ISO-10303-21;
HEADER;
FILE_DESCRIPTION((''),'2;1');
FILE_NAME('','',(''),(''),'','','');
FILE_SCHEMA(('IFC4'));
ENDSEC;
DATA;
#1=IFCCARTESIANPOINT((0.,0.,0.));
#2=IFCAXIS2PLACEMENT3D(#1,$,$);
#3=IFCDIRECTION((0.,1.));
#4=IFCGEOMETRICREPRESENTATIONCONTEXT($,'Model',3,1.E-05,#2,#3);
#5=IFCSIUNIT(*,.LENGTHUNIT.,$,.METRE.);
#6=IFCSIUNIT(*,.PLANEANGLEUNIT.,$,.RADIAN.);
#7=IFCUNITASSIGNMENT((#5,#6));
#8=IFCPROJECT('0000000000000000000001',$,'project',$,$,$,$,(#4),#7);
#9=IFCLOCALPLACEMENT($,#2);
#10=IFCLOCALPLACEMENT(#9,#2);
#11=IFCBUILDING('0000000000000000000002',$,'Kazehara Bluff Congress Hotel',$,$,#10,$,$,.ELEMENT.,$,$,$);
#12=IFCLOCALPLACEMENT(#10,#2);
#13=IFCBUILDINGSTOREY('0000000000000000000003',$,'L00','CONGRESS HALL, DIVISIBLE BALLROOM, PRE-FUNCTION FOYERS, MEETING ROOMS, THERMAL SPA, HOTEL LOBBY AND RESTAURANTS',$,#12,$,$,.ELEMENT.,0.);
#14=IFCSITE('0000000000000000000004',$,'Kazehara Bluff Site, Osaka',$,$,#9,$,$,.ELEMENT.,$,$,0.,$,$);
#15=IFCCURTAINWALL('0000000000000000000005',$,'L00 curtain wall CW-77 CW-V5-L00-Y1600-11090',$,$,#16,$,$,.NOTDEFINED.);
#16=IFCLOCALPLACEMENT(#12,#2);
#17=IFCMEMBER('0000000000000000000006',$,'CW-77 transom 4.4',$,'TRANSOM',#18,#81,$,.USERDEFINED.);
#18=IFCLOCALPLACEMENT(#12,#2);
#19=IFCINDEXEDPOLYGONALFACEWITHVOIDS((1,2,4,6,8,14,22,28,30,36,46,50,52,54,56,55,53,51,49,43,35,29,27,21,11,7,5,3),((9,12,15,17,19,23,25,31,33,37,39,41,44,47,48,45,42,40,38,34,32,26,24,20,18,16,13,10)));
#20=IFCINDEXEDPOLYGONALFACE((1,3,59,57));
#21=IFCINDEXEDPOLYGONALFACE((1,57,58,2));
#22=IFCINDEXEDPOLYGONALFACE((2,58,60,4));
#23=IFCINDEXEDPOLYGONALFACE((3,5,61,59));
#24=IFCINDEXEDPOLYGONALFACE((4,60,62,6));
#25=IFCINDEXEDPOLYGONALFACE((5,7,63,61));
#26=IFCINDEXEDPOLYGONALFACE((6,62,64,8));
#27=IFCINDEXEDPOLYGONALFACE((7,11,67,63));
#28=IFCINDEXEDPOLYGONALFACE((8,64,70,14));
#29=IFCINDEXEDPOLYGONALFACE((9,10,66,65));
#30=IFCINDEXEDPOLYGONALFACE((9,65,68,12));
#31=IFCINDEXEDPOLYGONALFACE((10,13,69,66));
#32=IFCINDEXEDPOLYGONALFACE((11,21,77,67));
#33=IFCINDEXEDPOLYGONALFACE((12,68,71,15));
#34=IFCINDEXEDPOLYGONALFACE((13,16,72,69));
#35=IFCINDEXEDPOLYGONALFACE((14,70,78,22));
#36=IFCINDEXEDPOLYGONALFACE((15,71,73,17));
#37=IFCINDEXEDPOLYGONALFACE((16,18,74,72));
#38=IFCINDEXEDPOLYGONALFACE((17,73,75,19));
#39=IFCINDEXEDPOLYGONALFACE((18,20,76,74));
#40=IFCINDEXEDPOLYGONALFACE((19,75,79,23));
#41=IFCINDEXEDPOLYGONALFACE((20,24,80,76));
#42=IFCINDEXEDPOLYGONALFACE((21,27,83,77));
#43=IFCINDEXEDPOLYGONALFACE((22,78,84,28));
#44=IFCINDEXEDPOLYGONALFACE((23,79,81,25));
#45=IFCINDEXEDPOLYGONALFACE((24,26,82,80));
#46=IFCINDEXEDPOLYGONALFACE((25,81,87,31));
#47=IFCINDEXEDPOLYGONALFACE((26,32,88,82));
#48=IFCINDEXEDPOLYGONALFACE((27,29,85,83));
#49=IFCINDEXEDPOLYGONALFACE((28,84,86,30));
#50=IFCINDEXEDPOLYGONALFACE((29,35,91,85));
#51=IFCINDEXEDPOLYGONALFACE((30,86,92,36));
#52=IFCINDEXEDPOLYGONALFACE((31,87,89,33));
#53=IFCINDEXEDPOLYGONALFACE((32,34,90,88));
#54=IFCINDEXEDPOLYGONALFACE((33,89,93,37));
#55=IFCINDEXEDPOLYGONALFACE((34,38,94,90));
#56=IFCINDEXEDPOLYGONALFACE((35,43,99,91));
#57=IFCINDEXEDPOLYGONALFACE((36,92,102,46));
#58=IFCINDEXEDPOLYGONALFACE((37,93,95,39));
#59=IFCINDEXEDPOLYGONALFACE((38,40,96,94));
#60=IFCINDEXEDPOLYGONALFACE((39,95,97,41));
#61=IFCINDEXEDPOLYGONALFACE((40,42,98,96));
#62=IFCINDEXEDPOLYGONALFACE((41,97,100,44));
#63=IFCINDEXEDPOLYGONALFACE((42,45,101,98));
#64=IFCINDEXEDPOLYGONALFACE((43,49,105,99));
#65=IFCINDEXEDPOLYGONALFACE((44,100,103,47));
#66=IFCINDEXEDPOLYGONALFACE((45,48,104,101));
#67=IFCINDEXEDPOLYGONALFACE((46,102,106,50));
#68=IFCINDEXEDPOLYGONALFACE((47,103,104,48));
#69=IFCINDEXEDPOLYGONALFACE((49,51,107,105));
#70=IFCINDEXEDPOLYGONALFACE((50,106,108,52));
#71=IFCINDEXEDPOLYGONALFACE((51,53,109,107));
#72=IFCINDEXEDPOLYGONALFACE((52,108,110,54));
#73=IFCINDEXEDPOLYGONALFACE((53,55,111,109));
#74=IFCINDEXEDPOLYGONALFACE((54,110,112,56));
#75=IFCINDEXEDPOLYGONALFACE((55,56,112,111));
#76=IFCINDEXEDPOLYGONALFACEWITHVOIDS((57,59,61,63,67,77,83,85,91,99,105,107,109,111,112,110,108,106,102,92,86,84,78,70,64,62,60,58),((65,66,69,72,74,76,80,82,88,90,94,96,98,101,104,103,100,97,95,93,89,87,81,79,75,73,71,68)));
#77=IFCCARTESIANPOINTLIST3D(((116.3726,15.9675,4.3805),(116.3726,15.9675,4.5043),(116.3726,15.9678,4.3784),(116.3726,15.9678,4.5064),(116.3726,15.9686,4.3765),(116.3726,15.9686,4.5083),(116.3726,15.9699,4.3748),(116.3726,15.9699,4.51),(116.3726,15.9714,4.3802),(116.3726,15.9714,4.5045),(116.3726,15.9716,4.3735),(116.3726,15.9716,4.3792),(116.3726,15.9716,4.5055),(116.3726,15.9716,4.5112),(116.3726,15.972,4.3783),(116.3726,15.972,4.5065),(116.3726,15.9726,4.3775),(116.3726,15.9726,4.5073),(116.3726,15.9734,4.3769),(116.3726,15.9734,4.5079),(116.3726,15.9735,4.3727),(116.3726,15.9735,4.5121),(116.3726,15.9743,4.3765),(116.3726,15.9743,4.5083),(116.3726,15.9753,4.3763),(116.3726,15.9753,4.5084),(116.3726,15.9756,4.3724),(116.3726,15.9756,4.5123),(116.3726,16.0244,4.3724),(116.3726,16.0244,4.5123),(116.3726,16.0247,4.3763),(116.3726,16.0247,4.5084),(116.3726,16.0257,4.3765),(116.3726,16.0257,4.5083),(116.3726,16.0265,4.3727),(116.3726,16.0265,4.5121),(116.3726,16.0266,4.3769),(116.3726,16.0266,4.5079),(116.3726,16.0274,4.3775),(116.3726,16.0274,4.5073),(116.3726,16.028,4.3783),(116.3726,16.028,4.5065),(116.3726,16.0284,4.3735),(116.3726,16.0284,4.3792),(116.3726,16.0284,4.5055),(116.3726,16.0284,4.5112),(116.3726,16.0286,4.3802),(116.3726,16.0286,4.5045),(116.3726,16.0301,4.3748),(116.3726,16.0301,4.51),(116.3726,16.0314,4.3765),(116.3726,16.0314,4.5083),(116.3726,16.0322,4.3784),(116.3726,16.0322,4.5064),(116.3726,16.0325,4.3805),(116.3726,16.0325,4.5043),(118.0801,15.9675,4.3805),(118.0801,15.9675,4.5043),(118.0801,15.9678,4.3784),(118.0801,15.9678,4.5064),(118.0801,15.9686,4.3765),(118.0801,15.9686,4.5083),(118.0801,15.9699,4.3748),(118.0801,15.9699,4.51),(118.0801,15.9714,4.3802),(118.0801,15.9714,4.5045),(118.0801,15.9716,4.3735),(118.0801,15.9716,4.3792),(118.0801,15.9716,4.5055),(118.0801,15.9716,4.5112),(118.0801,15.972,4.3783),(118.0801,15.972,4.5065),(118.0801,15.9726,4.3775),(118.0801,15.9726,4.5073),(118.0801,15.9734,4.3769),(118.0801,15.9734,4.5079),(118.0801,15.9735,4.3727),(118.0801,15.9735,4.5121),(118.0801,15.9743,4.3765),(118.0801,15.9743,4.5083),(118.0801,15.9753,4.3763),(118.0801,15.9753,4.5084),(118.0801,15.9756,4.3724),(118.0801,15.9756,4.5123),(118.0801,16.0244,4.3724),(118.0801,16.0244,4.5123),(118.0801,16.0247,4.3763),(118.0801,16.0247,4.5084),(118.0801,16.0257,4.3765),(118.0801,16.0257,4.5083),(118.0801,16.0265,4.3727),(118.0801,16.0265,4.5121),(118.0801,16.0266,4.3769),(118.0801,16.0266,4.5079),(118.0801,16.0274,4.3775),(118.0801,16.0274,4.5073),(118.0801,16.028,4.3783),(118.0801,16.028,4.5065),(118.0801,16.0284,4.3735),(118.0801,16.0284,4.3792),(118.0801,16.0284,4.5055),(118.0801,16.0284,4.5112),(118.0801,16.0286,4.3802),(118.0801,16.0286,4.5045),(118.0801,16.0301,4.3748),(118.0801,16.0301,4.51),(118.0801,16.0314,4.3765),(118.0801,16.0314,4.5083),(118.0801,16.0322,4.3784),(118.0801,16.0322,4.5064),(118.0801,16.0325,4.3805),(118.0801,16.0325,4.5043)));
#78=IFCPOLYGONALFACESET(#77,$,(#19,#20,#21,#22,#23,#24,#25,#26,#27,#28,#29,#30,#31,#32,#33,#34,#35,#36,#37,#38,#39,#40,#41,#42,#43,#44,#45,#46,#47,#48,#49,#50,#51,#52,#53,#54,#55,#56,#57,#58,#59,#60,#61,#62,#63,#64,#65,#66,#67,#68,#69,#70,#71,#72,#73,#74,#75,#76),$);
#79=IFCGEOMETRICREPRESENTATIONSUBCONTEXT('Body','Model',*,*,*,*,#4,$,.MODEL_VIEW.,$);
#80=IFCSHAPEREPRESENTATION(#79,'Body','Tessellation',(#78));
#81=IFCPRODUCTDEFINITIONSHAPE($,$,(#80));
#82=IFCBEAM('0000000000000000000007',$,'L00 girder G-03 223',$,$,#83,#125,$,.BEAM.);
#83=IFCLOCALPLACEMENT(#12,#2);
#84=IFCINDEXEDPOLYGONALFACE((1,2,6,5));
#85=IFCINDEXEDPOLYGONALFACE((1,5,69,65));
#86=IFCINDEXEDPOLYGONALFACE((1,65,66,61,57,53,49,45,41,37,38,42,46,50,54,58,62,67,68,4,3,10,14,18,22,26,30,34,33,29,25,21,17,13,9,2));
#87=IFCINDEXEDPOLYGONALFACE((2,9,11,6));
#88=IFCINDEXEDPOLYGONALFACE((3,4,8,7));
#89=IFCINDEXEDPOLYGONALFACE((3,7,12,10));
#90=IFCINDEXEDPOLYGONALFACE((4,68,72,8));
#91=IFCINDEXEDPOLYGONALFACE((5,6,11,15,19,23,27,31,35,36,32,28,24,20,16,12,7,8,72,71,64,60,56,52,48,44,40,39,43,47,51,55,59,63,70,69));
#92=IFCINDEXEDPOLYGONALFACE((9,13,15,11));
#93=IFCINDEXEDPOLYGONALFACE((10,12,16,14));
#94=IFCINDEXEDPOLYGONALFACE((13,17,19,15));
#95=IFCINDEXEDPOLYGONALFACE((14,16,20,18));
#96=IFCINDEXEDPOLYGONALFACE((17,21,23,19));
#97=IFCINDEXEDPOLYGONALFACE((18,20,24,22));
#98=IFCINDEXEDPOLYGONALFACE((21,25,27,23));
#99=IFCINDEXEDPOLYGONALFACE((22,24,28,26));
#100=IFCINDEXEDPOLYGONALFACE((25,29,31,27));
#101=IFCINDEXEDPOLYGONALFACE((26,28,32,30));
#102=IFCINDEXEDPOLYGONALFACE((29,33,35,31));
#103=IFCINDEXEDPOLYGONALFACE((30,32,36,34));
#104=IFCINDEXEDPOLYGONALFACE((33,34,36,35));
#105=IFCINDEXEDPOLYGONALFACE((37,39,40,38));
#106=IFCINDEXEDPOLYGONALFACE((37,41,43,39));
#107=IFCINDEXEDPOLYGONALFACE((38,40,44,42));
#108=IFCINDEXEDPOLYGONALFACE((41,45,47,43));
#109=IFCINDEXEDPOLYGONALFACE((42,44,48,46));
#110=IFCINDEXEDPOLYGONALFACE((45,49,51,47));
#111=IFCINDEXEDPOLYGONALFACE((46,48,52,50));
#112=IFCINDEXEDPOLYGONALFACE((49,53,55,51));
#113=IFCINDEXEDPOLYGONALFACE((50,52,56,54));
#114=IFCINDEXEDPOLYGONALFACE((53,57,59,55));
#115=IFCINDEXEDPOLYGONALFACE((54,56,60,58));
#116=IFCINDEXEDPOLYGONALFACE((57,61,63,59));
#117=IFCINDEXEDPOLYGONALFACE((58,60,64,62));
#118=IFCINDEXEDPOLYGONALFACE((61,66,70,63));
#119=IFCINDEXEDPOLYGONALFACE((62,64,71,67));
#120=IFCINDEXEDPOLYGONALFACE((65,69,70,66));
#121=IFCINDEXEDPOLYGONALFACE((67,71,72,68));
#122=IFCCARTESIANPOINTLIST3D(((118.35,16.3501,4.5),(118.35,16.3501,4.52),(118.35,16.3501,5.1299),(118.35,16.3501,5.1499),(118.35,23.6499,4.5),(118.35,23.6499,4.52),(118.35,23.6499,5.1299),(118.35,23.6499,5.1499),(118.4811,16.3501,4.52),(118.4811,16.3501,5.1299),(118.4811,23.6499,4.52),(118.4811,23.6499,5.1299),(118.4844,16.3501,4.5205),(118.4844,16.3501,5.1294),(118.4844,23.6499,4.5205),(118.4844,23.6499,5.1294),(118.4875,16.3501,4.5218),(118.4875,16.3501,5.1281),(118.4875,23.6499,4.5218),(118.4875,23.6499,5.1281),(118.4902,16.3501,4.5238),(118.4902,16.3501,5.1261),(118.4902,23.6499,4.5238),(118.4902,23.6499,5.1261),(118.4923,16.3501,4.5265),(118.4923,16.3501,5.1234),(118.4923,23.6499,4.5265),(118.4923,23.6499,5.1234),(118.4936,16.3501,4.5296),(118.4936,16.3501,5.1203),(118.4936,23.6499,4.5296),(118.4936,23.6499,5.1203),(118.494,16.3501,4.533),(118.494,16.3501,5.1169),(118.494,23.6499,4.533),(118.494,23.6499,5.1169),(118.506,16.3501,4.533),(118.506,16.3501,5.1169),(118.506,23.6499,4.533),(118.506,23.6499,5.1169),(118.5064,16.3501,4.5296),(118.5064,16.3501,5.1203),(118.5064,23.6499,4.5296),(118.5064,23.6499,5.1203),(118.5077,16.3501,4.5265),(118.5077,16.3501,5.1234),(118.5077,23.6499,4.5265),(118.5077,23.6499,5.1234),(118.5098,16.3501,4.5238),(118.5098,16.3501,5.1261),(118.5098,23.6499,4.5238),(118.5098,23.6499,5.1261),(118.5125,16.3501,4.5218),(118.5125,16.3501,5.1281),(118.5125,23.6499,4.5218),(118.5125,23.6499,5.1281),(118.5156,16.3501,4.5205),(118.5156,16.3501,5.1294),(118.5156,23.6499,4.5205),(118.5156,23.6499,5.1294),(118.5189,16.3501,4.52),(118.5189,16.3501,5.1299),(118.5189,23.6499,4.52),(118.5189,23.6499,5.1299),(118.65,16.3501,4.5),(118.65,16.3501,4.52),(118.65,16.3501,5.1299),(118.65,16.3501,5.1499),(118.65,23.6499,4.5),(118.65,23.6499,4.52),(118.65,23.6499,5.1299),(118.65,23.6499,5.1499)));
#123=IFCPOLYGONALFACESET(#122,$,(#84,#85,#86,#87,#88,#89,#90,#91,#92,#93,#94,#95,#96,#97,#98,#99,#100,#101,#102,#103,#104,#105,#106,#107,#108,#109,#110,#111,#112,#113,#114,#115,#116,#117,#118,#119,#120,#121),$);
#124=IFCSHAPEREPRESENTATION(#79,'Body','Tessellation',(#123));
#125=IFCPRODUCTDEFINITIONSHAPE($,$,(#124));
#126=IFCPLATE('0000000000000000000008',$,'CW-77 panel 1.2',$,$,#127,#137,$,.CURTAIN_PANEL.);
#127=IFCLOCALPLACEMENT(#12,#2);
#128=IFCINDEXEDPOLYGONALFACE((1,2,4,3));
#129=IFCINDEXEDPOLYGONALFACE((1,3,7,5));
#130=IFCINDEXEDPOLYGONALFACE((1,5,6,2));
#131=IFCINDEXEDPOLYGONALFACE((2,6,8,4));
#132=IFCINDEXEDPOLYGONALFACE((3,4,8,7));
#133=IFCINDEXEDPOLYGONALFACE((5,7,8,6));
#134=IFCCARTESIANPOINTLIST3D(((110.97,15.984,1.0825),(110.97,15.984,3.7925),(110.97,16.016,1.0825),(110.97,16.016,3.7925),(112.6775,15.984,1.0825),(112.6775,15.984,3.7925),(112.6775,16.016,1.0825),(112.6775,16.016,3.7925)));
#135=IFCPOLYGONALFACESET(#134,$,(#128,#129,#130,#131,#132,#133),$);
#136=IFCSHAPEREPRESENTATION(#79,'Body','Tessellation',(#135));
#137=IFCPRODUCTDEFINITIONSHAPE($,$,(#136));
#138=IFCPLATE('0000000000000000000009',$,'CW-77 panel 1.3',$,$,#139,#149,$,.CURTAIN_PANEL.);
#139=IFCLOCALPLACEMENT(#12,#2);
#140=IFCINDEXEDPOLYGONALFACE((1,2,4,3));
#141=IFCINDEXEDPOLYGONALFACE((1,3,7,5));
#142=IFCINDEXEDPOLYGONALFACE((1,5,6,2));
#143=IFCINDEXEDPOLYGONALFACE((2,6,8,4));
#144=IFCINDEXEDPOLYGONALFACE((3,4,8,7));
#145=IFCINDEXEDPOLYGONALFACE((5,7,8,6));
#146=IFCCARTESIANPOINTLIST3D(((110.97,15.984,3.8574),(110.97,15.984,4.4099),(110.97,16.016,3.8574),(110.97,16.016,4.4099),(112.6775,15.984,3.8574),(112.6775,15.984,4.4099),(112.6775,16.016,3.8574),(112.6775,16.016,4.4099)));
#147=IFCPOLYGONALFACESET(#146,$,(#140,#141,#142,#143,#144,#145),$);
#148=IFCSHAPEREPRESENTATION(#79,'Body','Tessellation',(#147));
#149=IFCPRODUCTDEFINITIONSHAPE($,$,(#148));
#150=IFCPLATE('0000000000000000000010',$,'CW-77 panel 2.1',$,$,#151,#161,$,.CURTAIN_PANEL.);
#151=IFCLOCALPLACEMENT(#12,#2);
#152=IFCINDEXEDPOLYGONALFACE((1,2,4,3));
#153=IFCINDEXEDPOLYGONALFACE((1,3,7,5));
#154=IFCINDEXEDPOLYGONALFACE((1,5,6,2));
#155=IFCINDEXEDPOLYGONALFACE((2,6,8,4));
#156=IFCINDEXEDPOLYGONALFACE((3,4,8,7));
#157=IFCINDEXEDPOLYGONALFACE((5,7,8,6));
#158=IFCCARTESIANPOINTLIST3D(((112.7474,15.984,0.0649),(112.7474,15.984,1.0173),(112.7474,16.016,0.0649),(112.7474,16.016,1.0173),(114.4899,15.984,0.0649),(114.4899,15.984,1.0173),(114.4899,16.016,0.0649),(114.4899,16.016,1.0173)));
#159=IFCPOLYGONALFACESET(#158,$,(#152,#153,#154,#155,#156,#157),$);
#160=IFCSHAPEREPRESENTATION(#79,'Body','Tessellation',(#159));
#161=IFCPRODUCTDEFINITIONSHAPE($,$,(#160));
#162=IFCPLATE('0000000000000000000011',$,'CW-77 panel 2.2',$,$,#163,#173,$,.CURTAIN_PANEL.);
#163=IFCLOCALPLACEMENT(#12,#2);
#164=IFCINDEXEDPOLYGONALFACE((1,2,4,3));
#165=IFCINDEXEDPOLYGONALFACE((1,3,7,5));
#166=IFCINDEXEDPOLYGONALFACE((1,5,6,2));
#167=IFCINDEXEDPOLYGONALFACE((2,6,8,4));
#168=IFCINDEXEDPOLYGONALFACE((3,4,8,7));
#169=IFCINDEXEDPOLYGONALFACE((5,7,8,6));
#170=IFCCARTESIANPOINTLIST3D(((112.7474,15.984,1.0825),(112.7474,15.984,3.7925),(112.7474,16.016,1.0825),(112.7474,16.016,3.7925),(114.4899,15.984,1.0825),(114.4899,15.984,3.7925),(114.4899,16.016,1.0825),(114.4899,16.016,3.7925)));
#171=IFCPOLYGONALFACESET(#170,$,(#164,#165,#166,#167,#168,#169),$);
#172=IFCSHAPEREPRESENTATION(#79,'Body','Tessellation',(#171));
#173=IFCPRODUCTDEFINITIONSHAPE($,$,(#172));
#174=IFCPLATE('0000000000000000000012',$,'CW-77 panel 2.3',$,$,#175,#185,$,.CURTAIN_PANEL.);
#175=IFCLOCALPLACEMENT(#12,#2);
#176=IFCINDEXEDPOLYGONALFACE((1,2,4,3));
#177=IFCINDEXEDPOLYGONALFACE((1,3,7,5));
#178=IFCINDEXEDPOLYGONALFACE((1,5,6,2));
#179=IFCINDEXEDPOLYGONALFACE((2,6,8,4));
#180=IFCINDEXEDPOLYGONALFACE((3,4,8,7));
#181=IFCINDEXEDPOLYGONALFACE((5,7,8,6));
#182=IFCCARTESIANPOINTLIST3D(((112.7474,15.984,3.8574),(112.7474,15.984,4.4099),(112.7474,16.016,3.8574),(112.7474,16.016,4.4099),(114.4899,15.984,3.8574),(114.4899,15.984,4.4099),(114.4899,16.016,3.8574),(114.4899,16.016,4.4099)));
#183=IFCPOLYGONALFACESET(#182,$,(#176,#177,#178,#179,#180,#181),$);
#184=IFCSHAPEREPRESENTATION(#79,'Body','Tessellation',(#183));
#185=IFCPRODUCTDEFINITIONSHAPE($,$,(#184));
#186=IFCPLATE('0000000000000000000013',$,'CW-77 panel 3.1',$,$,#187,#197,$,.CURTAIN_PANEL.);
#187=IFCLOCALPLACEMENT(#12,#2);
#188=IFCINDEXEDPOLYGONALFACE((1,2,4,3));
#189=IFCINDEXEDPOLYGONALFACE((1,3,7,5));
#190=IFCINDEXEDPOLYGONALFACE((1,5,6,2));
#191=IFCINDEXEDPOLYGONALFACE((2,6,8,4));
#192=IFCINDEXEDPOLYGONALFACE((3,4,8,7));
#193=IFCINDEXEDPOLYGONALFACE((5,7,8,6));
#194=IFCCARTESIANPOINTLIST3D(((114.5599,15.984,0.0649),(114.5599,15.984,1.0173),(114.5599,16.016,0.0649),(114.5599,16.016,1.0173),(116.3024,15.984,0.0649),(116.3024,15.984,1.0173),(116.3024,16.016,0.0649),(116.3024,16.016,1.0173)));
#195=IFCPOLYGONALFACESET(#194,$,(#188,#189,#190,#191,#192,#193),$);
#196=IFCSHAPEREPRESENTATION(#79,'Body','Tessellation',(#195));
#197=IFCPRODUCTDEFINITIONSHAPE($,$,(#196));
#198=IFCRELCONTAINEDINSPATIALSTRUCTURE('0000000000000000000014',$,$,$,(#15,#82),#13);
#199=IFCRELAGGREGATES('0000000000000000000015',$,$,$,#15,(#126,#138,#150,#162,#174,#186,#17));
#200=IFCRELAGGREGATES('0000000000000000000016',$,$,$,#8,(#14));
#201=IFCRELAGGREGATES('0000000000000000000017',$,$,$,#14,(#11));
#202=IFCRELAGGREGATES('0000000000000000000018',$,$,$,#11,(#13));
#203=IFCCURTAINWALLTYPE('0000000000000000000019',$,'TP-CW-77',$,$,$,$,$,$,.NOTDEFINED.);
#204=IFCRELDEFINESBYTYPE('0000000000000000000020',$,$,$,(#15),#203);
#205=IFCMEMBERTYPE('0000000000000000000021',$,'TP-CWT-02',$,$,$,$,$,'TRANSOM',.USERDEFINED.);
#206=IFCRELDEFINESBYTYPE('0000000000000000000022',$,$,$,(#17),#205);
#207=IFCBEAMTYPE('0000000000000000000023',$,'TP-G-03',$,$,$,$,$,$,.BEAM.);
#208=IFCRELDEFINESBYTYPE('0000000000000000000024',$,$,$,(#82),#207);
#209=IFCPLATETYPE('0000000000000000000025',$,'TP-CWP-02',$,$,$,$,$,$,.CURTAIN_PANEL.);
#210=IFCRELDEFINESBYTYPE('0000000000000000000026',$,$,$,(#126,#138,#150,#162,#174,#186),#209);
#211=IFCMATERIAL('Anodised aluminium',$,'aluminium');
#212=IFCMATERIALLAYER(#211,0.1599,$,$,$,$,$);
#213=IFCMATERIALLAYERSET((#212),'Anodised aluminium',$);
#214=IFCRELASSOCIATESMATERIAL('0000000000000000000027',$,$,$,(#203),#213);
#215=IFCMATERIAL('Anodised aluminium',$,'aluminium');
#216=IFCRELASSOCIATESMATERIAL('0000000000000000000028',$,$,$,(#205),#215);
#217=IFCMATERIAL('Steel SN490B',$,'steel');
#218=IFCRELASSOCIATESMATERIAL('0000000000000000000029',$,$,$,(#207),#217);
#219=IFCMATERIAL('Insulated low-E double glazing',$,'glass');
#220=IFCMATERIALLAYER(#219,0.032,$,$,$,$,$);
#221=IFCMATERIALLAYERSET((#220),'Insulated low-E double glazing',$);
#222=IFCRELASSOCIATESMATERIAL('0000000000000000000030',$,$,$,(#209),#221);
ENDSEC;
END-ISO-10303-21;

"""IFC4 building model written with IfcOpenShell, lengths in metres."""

from ifc_helpers import new_model, si_unit, direction, frame, origin, origin_2d, place, context, subcontext, project, spatial, rectangle, hollow_rectangle, i_section, extrude, material, layer, layer_set, material_profile, profile_set, type_object, element, aggregate, save


model = new_model("IFC4")

# Units and contexts
model_context = context("Model", 3, precision=1e-05, world=origin(), true_north=direction((0.0, 1.0)))
body_context = subcontext(model_context, "Body", "Model", "MODEL_VIEW")
ifc_project = project(units=[si_unit("LENGTHUNIT", "METRE"), si_unit("PLANEANGLEUNIT", "RADIAN")], contexts=[model_context])

# Site, building, storey
site_placement = place(None, origin())
site = spatial("IfcSite", under=ifc_project, at=site_placement, Name="Kazehara Bluff Site, Osaka", CompositionType="ELEMENT", RefElevation=0.0)
building_placement = place(site_placement, origin())
building = spatial("IfcBuilding", under=site, at=building_placement, Name="Kazehara Bluff Congress Hotel", CompositionType="ELEMENT")
storey_placement = place(building_placement, origin())
storey = spatial("IfcBuildingStorey", under=building, at=storey_placement, Name="L00", Description="CONGRESS HALL, DIVISIBLE BALLROOM, PRE-FUNCTION FOYERS, MEETING ROOMS, THERMAL SPA, HOTEL LOBBY AND RESTAURANTS", CompositionType="ELEMENT", Elevation=0.0)

# Curtain wall, member
ifc_material_1 = material(Name="Anodised aluminium", Category="aluminium")
ifc_layer_1 = layer(ifc_material_1, 0.1599)
ifc_layer_set_1 = layer_set([ifc_layer_1], Name="Anodised aluminium")
curtain_wall_type = type_object("IfcCurtainWallType", Name="TP-CW-77", PredefinedType="NOTDEFINED", material=ifc_layer_set_1)
curtain_wall_placement = place(storey_placement, origin())
curtain_wall = element("IfcCurtainWall", 1, at=curtain_wall_placement, inside=storey, type_object=curtain_wall_type, Name="L00 curtain wall CW-77 CW-V5-L00-Y1600-11090", PredefinedType="NOTDEFINED")
ifc_material_2 = material(Name="Anodised aluminium", Category="aluminium")
ifc_material_profile_1 = material_profile(ifc_material_2, hollow_rectangle(XDim=0.0649, YDim=0.1399, WallThickness=0.0039, InnerFilletRadius=0.0039, OuterFilletRadius=0.0081, at=origin_2d()))
ifc_profile_set_1 = profile_set([ifc_material_profile_1], Name="Anodised aluminium")
member_type_1 = type_object("IfcMemberType", Name="TP-CWT-02", ElementType="TRANSOM", PredefinedType="USERDEFINED", material=ifc_profile_set_1)
member_1_placement = place(storey_placement, frame((116.3726, 16.0, 4.4424), z_axis=(1.0, 0.0, 0.0), x_axis=(0.0, 1.0, 0.0)))
member_1 = element("IfcMember", 2, at=member_1_placement, type_object=member_type_1, Name="CW-77 transom 4.4", ObjectType="TRANSOM", PredefinedType="USERDEFINED", context=body_context, shape_type="SweptSolid", body=[
    extrude(hollow_rectangle(XDim=0.0649, YDim=0.1399, WallThickness=0.0039, InnerFilletRadius=0.0039, OuterFilletRadius=0.0081, at=origin_2d()), origin(), (0.0, 0.0, 1.0), 1.7075),
])

# Beam
ifc_material_3 = material(Name="Steel SN490B", Category="steel")
ifc_material_profile_2 = material_profile(ifc_material_3, i_section(OverallWidth=0.3, OverallDepth=0.6499, WebThickness=0.012, FlangeThickness=0.02, FilletRadius=0.0129, at=origin_2d()))
ifc_profile_set_2 = profile_set([ifc_material_profile_2], Name="Steel SN490B")
beam_type = type_object("IfcBeamType", Name="TP-G-03", PredefinedType="BEAM", material=ifc_profile_set_2)
beam_placement = place(storey_placement, frame((118.5, 16.3501, 4.825), z_axis=(0.0, 1.0, 0.0), x_axis=(-1.0, 0.0, 0.0)))
element("IfcBeam", 3, at=beam_placement, inside=storey, type_object=beam_type, Name="L00 girder G-03 223", PredefinedType="BEAM", context=body_context, shape_type="SweptSolid", body=[
    extrude(i_section(OverallWidth=0.3, OverallDepth=0.6499, WebThickness=0.012, FlangeThickness=0.02, FilletRadius=0.0129, at=origin_2d()), origin(), (0.0, 0.0, 1.0), 7.2998),
])

# Plates
ifc_material_4 = material(Name="Insulated low-E double glazing", Category="glass")
ifc_layer_2 = layer(ifc_material_4, 0.032)
ifc_layer_set_2 = layer_set([ifc_layer_2], Name="Insulated low-E double glazing")
plate_type = type_object("IfcPlateType", Name="TP-CWP-02", PredefinedType="CURTAIN_PANEL", material=ifc_layer_set_2)
plate_1_placement = place(storey_placement, frame((111.8237, 16.0, 1.0825), z_axis=(0.0, 0.0, 1.0), x_axis=(1.0, 0.0, 0.0)))
plate_1 = element("IfcPlate", 4, at=plate_1_placement, type_object=plate_type, Name="CW-77 panel 1.2", PredefinedType="CURTAIN_PANEL", context=body_context, shape_type="SweptSolid", body=[
    extrude(rectangle(XDim=1.7075, YDim=0.032, at=origin_2d()), origin(), (0.0, 0.0, 1.0), 2.71),
])
plate_2_placement = place(storey_placement, frame((111.8237, 16.0, 3.8574), z_axis=(0.0, 0.0, 1.0), x_axis=(1.0, 0.0, 0.0)))
plate_2 = element("IfcPlate", 5, at=plate_2_placement, type_object=plate_type, Name="CW-77 panel 1.3", PredefinedType="CURTAIN_PANEL", context=body_context, shape_type="SweptSolid", body=[
    extrude(rectangle(XDim=1.7075, YDim=0.032, at=origin_2d()), origin(), (0.0, 0.0, 1.0), 0.5525),
])
plate_3_placement = place(storey_placement, frame((113.6187, 16.0, 0.0649), z_axis=(0.0, 0.0, 1.0), x_axis=(1.0, 0.0, 0.0)))
plate_3 = element("IfcPlate", 6, at=plate_3_placement, type_object=plate_type, Name="CW-77 panel 2.1", PredefinedType="CURTAIN_PANEL", context=body_context, shape_type="SweptSolid", body=[
    extrude(rectangle(XDim=1.7424, YDim=0.032, at=origin_2d()), origin(), (0.0, 0.0, 1.0), 0.9524),
])
plate_4_placement = place(storey_placement, frame((113.6187, 16.0, 1.0825), z_axis=(0.0, 0.0, 1.0), x_axis=(1.0, 0.0, 0.0)))
plate_4 = element("IfcPlate", 7, at=plate_4_placement, type_object=plate_type, Name="CW-77 panel 2.2", PredefinedType="CURTAIN_PANEL", context=body_context, shape_type="SweptSolid", body=[
    extrude(rectangle(XDim=1.7424, YDim=0.032, at=origin_2d()), origin(), (0.0, 0.0, 1.0), 2.71),
])
plate_5_placement = place(storey_placement, frame((113.6187, 16.0, 3.8574), z_axis=(0.0, 0.0, 1.0), x_axis=(1.0, 0.0, 0.0)))
plate_5 = element("IfcPlate", 8, at=plate_5_placement, type_object=plate_type, Name="CW-77 panel 2.3", PredefinedType="CURTAIN_PANEL", context=body_context, shape_type="SweptSolid", body=[
    extrude(rectangle(XDim=1.7424, YDim=0.032, at=origin_2d()), origin(), (0.0, 0.0, 1.0), 0.5525),
])
plate_6_placement = place(storey_placement, frame((115.4312, 16.0, 0.0649), z_axis=(0.0, 0.0, 1.0), x_axis=(1.0, 0.0, 0.0)))
plate_6 = element("IfcPlate", 9, at=plate_6_placement, type_object=plate_type, Name="CW-77 panel 3.1", PredefinedType="CURTAIN_PANEL", context=body_context, shape_type="SweptSolid", body=[
    extrude(rectangle(XDim=1.7424, YDim=0.032, at=origin_2d()), origin(), (0.0, 0.0, 1.0), 0.9524),
])
aggregate(curtain_wall, [plate_1, plate_2, plate_3, plate_4, plate_5, plate_6, member_1])

save(model, "model.ifc")
